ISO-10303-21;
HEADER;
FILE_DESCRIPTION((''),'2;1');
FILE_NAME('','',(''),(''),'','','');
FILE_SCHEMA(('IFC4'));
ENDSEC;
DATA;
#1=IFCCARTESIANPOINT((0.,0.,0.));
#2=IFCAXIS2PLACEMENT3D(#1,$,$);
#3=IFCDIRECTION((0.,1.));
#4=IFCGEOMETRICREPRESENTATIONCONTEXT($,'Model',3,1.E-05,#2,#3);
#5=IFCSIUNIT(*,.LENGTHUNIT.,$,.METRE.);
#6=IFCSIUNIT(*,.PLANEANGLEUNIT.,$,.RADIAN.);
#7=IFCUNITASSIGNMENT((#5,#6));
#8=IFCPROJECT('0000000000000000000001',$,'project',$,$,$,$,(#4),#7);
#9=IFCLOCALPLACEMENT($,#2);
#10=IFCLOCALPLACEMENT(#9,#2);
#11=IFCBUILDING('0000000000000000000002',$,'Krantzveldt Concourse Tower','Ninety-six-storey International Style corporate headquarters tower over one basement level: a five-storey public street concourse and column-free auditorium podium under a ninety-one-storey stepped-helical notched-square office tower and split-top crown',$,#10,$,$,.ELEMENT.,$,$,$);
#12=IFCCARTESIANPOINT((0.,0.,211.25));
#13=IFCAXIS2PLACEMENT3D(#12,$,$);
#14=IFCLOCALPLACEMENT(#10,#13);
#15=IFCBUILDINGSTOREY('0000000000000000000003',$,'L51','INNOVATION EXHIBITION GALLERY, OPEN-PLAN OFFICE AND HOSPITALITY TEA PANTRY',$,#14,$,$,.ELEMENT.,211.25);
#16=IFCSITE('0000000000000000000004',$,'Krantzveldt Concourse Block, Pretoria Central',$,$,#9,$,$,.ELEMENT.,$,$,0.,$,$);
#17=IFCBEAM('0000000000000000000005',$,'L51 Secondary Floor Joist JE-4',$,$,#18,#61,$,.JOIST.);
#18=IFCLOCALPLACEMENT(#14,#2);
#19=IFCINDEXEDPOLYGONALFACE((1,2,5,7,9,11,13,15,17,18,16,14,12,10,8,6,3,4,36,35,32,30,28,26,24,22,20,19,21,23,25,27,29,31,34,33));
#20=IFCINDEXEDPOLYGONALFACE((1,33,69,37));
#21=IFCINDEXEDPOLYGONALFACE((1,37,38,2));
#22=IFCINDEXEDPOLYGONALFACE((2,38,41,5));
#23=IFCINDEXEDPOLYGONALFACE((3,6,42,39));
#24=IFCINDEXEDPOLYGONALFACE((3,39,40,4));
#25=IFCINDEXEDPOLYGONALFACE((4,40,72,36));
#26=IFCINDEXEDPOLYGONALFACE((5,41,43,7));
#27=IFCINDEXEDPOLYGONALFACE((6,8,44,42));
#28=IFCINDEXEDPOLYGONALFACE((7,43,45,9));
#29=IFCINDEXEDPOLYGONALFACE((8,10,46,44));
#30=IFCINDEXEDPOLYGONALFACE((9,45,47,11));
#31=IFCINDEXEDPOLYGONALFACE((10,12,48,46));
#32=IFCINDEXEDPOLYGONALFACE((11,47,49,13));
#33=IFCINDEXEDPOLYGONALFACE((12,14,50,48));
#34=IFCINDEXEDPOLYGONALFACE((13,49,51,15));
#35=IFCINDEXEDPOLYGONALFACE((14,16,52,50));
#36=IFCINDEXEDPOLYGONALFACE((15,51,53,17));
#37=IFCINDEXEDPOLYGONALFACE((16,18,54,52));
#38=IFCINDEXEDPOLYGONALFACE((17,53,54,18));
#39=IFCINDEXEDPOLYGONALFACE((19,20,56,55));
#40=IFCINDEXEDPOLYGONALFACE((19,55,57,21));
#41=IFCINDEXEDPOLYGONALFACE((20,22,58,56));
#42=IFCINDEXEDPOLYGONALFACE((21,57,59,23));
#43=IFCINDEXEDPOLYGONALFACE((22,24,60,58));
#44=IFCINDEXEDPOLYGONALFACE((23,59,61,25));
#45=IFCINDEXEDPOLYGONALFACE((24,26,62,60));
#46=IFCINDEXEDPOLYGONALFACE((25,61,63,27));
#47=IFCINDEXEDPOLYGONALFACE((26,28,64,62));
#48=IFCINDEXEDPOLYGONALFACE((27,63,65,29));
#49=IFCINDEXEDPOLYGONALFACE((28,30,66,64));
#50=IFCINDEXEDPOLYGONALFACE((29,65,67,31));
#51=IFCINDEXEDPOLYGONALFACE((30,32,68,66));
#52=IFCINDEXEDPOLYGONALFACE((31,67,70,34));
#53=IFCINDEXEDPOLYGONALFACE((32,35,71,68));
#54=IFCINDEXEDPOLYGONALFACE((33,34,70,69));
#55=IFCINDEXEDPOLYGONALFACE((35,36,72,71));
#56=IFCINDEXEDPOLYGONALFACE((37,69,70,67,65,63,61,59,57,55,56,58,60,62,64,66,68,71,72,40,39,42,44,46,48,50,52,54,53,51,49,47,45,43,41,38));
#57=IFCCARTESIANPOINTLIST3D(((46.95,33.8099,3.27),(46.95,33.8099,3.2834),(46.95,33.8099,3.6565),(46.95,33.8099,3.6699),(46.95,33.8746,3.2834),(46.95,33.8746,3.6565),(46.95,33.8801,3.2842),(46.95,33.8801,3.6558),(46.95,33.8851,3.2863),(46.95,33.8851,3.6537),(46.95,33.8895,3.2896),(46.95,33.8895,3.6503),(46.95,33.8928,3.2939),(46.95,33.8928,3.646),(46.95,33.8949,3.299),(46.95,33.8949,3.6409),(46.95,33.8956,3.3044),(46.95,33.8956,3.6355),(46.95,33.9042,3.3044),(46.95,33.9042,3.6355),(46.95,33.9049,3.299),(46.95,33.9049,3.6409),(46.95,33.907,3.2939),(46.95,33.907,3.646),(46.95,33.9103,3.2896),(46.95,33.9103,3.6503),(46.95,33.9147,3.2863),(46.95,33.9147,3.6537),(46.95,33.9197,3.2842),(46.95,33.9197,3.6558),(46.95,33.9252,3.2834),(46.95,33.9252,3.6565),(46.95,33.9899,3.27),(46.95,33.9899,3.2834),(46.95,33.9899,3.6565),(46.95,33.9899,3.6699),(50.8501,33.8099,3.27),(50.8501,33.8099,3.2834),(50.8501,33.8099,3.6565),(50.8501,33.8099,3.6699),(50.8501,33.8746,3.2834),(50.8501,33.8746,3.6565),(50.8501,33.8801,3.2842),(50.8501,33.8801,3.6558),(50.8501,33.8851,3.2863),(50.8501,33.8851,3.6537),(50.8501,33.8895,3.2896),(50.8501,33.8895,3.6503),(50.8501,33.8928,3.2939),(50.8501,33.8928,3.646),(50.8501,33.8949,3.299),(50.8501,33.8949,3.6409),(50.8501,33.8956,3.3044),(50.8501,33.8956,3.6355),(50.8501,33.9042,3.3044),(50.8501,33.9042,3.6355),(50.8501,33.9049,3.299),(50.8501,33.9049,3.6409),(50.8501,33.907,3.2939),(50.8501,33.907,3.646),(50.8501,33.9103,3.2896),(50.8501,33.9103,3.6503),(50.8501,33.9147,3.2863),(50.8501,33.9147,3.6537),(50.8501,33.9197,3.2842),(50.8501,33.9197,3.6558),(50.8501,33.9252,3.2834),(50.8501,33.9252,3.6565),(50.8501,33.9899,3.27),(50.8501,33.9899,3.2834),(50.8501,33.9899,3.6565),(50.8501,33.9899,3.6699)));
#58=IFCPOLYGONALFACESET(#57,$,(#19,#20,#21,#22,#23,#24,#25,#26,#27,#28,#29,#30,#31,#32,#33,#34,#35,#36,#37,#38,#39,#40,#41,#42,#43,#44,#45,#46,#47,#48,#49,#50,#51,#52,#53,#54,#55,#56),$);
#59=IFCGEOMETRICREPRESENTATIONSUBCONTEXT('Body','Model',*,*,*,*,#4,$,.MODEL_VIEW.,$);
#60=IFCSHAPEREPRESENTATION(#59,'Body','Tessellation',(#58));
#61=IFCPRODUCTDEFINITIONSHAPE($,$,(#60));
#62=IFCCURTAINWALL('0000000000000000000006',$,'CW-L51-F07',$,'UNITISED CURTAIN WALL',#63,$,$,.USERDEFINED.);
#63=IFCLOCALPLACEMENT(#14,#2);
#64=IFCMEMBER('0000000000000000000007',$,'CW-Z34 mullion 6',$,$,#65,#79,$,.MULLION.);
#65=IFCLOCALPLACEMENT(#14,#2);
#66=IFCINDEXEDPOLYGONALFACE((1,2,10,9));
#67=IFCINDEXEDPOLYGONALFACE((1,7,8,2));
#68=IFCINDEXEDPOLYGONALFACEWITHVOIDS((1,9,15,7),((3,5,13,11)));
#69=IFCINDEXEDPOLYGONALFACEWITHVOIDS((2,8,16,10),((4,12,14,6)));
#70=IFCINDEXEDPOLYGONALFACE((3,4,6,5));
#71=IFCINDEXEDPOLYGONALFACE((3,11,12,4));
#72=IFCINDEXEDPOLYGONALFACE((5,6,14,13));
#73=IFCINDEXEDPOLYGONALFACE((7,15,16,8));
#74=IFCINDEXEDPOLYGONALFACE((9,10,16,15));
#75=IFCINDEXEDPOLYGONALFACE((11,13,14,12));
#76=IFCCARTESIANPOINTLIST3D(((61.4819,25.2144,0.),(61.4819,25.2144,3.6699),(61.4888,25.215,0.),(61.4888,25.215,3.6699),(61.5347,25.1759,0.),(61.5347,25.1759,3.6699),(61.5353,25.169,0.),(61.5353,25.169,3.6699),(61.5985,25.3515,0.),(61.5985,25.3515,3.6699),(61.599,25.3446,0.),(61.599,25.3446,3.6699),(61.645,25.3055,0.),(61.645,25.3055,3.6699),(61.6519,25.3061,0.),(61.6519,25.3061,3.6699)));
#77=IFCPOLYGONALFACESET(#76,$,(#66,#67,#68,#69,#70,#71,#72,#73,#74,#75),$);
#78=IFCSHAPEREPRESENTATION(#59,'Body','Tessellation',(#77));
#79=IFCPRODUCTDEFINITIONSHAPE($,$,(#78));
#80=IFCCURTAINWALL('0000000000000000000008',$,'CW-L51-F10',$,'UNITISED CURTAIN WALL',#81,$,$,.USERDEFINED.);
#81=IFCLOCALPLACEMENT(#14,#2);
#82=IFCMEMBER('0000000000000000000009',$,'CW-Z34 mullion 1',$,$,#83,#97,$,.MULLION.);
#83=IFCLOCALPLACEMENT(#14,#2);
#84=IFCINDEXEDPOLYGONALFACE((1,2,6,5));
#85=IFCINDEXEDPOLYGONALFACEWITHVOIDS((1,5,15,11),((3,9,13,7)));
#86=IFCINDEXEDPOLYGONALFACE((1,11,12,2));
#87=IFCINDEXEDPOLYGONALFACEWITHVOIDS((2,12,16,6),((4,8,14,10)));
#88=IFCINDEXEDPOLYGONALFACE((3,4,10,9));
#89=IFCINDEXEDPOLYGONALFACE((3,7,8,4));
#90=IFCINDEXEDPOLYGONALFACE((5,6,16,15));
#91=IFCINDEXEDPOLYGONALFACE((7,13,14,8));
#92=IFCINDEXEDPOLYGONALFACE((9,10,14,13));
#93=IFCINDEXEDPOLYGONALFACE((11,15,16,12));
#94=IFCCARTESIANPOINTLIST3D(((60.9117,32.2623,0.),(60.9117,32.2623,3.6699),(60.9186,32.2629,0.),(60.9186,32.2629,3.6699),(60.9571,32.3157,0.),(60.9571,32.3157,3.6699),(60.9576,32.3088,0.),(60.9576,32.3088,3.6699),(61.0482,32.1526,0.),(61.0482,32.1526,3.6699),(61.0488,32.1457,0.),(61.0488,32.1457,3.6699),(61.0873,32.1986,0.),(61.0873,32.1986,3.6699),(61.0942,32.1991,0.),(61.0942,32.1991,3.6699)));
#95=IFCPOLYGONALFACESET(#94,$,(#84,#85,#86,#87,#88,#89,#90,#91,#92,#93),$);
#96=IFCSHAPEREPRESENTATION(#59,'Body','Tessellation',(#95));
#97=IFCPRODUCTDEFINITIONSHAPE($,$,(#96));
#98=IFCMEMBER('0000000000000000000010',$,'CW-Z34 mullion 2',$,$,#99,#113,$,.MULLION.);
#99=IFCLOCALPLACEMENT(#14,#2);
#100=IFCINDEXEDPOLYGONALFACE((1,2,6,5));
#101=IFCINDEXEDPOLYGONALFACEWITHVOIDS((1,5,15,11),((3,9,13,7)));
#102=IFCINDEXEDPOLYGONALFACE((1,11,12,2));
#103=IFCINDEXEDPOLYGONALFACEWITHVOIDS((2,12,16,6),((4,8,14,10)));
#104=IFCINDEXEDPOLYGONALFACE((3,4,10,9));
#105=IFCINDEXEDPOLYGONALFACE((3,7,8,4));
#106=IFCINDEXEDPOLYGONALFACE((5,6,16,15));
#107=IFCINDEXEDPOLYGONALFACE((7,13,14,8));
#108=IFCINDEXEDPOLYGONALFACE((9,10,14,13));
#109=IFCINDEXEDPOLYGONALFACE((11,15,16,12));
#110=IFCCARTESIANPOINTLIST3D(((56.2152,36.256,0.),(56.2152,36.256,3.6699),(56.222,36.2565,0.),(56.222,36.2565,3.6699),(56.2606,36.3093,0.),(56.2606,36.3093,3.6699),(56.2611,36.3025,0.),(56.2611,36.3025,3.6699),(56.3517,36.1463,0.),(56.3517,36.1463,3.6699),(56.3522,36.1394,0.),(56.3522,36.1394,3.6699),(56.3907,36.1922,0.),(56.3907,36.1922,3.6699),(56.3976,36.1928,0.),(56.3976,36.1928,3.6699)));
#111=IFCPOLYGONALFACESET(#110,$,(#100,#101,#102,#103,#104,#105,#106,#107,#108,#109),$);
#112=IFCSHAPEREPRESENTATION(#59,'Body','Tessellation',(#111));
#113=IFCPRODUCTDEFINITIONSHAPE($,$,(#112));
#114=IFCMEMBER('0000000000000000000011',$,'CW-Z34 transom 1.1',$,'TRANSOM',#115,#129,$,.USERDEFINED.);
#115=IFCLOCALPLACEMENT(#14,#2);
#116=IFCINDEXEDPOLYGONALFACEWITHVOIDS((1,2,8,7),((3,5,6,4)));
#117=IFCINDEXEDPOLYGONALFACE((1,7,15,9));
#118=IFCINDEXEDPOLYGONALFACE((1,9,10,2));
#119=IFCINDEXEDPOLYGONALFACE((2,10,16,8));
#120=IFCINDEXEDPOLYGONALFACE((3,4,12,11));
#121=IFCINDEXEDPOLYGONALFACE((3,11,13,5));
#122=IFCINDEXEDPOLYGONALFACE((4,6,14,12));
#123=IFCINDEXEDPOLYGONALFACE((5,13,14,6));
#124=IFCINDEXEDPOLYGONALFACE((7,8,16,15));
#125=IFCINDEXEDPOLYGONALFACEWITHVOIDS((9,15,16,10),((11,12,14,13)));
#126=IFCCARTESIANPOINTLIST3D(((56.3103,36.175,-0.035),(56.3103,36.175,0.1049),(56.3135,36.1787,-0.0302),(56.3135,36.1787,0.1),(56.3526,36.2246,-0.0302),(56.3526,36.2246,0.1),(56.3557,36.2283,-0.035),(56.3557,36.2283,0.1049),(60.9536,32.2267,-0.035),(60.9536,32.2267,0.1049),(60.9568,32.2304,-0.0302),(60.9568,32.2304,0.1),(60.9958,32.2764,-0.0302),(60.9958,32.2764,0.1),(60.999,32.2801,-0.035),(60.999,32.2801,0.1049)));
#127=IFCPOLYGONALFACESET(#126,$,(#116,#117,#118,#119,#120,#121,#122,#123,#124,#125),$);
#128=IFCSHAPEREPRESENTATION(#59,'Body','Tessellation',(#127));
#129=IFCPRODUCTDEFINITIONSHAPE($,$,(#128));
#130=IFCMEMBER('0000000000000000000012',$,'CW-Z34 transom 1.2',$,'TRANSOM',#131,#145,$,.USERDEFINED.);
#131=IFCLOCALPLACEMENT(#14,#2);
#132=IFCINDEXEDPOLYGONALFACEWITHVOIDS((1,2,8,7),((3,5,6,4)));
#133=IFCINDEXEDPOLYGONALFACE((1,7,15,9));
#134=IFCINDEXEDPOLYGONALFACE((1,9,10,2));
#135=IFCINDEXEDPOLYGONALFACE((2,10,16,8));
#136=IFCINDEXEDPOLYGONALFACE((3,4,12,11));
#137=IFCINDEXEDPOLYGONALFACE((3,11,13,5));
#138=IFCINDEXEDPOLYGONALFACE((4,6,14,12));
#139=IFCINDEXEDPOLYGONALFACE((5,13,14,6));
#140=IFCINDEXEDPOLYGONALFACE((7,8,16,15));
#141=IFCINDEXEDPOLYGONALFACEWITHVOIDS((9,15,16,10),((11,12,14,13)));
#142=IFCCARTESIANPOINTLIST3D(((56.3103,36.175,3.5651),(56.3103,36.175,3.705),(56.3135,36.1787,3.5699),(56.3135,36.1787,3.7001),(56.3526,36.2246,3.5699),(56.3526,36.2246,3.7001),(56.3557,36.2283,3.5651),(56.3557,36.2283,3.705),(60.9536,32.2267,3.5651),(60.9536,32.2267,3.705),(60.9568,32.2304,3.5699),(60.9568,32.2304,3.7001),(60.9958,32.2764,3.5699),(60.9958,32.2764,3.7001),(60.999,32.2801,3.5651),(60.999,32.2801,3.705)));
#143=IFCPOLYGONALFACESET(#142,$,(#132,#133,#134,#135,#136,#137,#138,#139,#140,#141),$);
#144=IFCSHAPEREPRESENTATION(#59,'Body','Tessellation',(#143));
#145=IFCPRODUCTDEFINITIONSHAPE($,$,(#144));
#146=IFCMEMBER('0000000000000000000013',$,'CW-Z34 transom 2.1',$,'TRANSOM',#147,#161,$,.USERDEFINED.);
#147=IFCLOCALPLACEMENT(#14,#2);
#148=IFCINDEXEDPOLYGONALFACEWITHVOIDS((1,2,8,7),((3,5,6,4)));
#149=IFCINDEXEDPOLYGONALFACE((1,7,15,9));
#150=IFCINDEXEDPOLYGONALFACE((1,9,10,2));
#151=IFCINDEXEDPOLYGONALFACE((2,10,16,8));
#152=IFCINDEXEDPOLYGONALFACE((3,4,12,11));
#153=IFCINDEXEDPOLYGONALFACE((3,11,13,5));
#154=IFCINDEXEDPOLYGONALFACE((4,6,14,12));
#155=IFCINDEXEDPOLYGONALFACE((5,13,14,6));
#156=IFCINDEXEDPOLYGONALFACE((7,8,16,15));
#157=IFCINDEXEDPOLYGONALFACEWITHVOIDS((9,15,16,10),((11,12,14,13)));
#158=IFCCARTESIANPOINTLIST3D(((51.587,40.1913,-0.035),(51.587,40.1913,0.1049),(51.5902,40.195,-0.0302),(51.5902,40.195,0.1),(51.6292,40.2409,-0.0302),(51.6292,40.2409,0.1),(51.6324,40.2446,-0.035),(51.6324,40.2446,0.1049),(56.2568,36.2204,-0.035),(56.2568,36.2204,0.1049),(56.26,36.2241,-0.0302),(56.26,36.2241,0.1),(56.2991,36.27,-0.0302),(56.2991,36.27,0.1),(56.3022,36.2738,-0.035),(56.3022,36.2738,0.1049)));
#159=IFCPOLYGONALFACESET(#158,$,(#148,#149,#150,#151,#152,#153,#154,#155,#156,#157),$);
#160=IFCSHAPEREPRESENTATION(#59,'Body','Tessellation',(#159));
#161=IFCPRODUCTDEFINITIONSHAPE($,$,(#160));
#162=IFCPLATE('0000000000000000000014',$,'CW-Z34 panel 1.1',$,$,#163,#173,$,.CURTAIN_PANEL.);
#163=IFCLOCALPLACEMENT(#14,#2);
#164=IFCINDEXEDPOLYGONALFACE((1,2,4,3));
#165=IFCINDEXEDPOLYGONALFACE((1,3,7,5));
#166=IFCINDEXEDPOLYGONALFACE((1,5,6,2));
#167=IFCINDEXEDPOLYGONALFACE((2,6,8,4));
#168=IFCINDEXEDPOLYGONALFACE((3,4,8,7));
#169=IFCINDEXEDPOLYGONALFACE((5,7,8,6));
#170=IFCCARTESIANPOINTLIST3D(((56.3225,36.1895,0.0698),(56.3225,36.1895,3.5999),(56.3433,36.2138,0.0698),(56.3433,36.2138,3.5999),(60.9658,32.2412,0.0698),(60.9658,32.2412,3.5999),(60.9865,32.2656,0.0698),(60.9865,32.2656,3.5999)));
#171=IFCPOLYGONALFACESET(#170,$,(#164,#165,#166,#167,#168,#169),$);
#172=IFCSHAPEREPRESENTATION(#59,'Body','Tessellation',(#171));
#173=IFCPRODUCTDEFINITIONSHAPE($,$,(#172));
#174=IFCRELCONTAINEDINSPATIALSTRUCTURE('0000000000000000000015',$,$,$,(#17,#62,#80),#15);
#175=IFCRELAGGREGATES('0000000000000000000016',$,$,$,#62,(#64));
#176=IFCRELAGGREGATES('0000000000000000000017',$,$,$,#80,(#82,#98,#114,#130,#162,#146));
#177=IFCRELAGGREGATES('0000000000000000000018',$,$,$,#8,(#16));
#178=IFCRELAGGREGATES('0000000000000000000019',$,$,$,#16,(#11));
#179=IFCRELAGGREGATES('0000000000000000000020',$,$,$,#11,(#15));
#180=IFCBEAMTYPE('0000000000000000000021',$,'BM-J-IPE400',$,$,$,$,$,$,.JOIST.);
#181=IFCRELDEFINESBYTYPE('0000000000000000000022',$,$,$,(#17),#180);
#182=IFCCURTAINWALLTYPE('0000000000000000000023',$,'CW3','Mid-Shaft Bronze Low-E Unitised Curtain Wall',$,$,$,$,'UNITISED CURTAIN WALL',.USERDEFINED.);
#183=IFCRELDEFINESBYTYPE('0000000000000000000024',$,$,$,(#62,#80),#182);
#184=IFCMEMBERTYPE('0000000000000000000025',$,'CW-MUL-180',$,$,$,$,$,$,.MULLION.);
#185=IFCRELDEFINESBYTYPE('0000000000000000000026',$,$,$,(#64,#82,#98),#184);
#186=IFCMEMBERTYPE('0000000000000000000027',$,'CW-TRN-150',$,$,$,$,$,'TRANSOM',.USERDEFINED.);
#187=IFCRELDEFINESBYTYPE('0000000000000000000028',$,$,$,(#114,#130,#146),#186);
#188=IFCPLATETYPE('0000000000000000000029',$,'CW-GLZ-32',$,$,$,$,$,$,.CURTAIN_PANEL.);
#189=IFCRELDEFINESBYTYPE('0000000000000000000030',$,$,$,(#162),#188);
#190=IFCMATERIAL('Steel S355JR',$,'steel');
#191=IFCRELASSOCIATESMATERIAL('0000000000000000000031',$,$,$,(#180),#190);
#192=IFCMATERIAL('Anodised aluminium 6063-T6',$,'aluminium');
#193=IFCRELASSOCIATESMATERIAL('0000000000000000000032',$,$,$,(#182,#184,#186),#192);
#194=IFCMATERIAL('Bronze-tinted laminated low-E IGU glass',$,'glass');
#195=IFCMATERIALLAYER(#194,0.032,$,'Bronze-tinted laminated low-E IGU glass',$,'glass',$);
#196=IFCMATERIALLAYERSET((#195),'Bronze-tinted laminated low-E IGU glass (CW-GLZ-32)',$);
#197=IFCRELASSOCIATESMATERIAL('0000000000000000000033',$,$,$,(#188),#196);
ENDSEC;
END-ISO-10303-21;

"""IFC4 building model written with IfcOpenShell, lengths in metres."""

from ifc_helpers import new_model, si_unit, direction, frame, origin, origin_2d, place, context, subcontext, project, spatial, rectangle, hollow_rectangle, i_section, extrude, source, transform, mapped, material, layer, layer_set, material_profile, profile_set, type_object, type_shapes, element, aggregate, save


model = new_model("IFC4")

# Units and contexts
model_context = context("Model", 3, precision=1e-05, world=origin(), true_north=direction((0.0, 1.0)))
body_context = subcontext(model_context, "Body", "Model", "MODEL_VIEW")
ifc_project = project(units=[si_unit("LENGTHUNIT", "METRE"), si_unit("PLANEANGLEUNIT", "RADIAN")], contexts=[model_context])

# Site, building, storey
site_placement = place(None, origin())
site = spatial("IfcSite", under=ifc_project, at=site_placement, Name="Krantzveldt Concourse Block, Pretoria Central", CompositionType="ELEMENT", RefElevation=0.0)
building_placement = place(site_placement, origin())
building = spatial("IfcBuilding", under=site, at=building_placement, Name="Krantzveldt Concourse Tower", Description="Ninety-six-storey International Style corporate headquarters tower over one basement level: a five-storey public street concourse and column-free auditorium podium under a ninety-one-storey stepped-helical notched-square office tower and split-top crown", CompositionType="ELEMENT")
storey_placement = place(building_placement, frame((0.0, 0.0, 211.25)))
storey = spatial("IfcBuildingStorey", under=building, at=storey_placement, Name="L51", Description="INNOVATION EXHIBITION GALLERY, OPEN-PLAN OFFICE AND HOSPITALITY TEA PANTRY", CompositionType="ELEMENT", Elevation=211.25)

# Beam
ifc_material_1 = material(Name="Steel S355JR", Category="steel")
ifc_material_profile_1 = material_profile(ifc_material_1, i_section(OverallWidth=0.1799, OverallDepth=0.3999, WebThickness=0.0085, FlangeThickness=0.0134, FilletRadius=0.021, at=origin_2d()), Name="Steel S355JR", Category="steel")
ifc_profile_set_1 = profile_set([ifc_material_profile_1], Name="Steel S355JR - IPE 400")
beam_type_1 = type_object("IfcBeamType", Name="BM-J-IPE400", PredefinedType="JOIST", material=ifc_profile_set_1)
shared_shape_1 = source(origin(), body_context, "Body", "SweptSolid", [
    extrude(i_section(OverallWidth=0.1799, OverallDepth=0.3999, WebThickness=0.0085, FlangeThickness=0.0134, FilletRadius=0.021, at=origin_2d()), origin(), (0.0, 0.0, 1.0), 3.9001),
])
type_shapes(beam_type_1, [shared_shape_1])
for number, where, z_axis, x_axis, name in (
    (1, (46.95, 33.8999, 3.47), (1.0, 0.0, 0.0), (0.0, 1.0, 0.0), "L51 Secondary Floor Joist JE-4"),
):
    element("IfcBeam", number, at=place(storey_placement, frame(where, z_axis=z_axis, x_axis=x_axis)), inside=storey, type_object=beam_type_1, Name=name, PredefinedType="JOIST", context=body_context, shape_type="MappedRepresentation", body=[
        mapped(shared_shape_1, transform((0.0, 0.0, 0.0), x_axis=(1.0, 0.0, 0.0), y_axis=(0.0, 1.0, 0.0), z_axis=(0.0, 0.0, 1.0), scale=1.0)),
    ])

# Curtain wall, member
ifc_material_2 = material(Name="Anodised aluminium 6063-T6", Category="aluminium")
curtain_wall_type = type_object("IfcCurtainWallType", Name="CW3", Description="Mid-Shaft Bronze Low-E Unitised Curtain Wall", ElementType="UNITISED CURTAIN WALL", PredefinedType="USERDEFINED", material=ifc_material_2)
curtain_wall_1_placement = place(storey_placement, origin())
curtain_wall_1 = element("IfcCurtainWall", 2, at=curtain_wall_1_placement, inside=storey, type_object=curtain_wall_type, Name="CW-L51-F07", ObjectType="UNITISED CURTAIN WALL", PredefinedType="USERDEFINED")
ifc_material_profile_2 = material_profile(ifc_material_2, hollow_rectangle(XDim=0.0701, YDim=0.1799, WallThickness=0.0049, at=origin_2d()), Name="Anodised aluminium 6063-T6", Category="aluminium")
ifc_profile_set_2 = profile_set([ifc_material_profile_2], Name="Anodised aluminium 6063-T6 - ALU-MULL 180x70x5")
member_type_1 = type_object("IfcMemberType", Name="CW-MUL-180", PredefinedType="MULLION", material=ifc_profile_set_2)
shared_shape_2 = source(origin(), body_context, "Body", "SweptSolid", [
    extrude(hollow_rectangle(XDim=0.0701, YDim=0.1799, WallThickness=0.0049, at=origin_2d()), origin(), (0.0, 0.0, 1.0), 3.6699),
])
type_shapes(member_type_1, [shared_shape_2])
member_1_placement = place(storey_placement, frame((61.5669, 25.2603, 0.0), z_axis=(0.0, 0.0, 1.0), x_axis=(-0.761821, 0.647788, 0.0)))
member_1 = element("IfcMember", 3, at=member_1_placement, type_object=member_type_1, Name="CW-Z34 mullion 6", PredefinedType="MULLION", context=body_context, shape_type="MappedRepresentation", body=[
    mapped(shared_shape_2, transform((0.0, 0.0, 0.0), x_axis=(1.0, 0.0, 0.0), y_axis=(0.0, 1.0, 0.0), z_axis=(0.0, 0.0, 1.0), scale=1.0)),
])
aggregate(curtain_wall_1, [member_1])

# Curtain wall, members, plate
curtain_wall_2_placement = place(storey_placement, origin())
curtain_wall_2 = element("IfcCurtainWall", 4, at=curtain_wall_2_placement, inside=storey, type_object=curtain_wall_type, Name="CW-L51-F10", ObjectType="UNITISED CURTAIN WALL", PredefinedType="USERDEFINED")
member_2_placement = place(storey_placement, frame((61.0029, 32.2307, 0.0), z_axis=(0.0, 0.0, 1.0), x_axis=(-0.647788, -0.761821, 0.0)))
member_2 = element("IfcMember", 5, at=member_2_placement, type_object=member_type_1, Name="CW-Z34 mullion 1", PredefinedType="MULLION", context=body_context, shape_type="MappedRepresentation", body=[
    mapped(shared_shape_2, transform((0.0, 0.0, 0.0), x_axis=(1.0, 0.0, 0.0), y_axis=(0.0, 1.0, 0.0), z_axis=(0.0, 0.0, 1.0), scale=1.0)),
])
member_3_placement = place(storey_placement, frame((56.3064, 36.2244, 0.0), z_axis=(0.0, 0.0, 1.0), x_axis=(-0.647788, -0.761821, 0.0)))
member_3 = element("IfcMember", 6, at=member_3_placement, type_object=member_type_1, Name="CW-Z34 mullion 2", PredefinedType="MULLION", context=body_context, shape_type="MappedRepresentation", body=[
    mapped(shared_shape_2, transform((0.0, 0.0, 0.0), x_axis=(1.0, 0.0, 0.0), y_axis=(0.0, 1.0, 0.0), z_axis=(0.0, 0.0, 1.0), scale=1.0)),
])
ifc_material_profile_3 = material_profile(ifc_material_2, hollow_rectangle(XDim=0.0701, YDim=0.1399, WallThickness=0.0049, at=origin_2d()), Name="Anodised aluminium 6063-T6", Category="aluminium")
ifc_profile_set_3 = profile_set([ifc_material_profile_3], Name="Anodised aluminium 6063-T6 - ALU-TRAN 140x70x5")
member_type_2 = type_object("IfcMemberType", Name="CW-TRN-150", ElementType="TRANSOM", PredefinedType="USERDEFINED", material=ifc_profile_set_3)
shared_shape_3 = source(origin(), body_context, "Body", "SweptSolid", [
    extrude(hollow_rectangle(XDim=0.0701, YDim=0.1399, WallThickness=0.0049, at=origin_2d()), origin(), (0.0, 0.0, 1.0), 6.095),
])
member_4_placement = place(storey_placement, frame((60.9763, 32.2534, 0.0349), z_axis=(-0.761824, 0.647784, 0.0), x_axis=(-0.647784, -0.761824, 0.0)))
member_4 = element("IfcMember", 7, at=member_4_placement, type_object=member_type_2, Name="CW-Z34 transom 1.1", ObjectType="TRANSOM", PredefinedType="USERDEFINED", context=body_context, shape_type="MappedRepresentation", body=[
    mapped(shared_shape_3, transform((0.0, 0.0, 0.0), x_axis=(1.0, 0.0, 0.0), y_axis=(0.0, 1.0, 0.0), z_axis=(0.0, 0.0, 1.0), scale=1.0)),
])
member_5_placement = place(storey_placement, frame((60.9763, 32.2534, 3.635), z_axis=(-0.761824, 0.647784, 0.0), x_axis=(-0.647784, -0.761824, 0.0)))
member_5 = element("IfcMember", 8, at=member_5_placement, type_object=member_type_2, Name="CW-Z34 transom 1.2", ObjectType="TRANSOM", PredefinedType="USERDEFINED", context=body_context, shape_type="MappedRepresentation", body=[
    mapped(shared_shape_3, transform((0.0, 0.0, 0.0), x_axis=(1.0, 0.0, 0.0), y_axis=(0.0, 1.0, 0.0), z_axis=(0.0, 0.0, 1.0), scale=1.0)),
])
shared_shape_4 = source(origin(), body_context, "Body", "SweptSolid", [
    extrude(hollow_rectangle(XDim=0.0701, YDim=0.1399, WallThickness=0.0049, at=origin_2d()), origin(), (0.0, 0.0, 1.0), 6.1299),
])
type_shapes(member_type_2, [shared_shape_3, shared_shape_4])
member_6_placement = place(storey_placement, frame((56.2795, 36.2471, 0.0349), z_axis=(-0.761817, 0.647792, 0.0), x_axis=(-0.647792, -0.761817, 0.0)))
member_6 = element("IfcMember", 9, at=member_6_placement, type_object=member_type_2, Name="CW-Z34 transom 2.1", ObjectType="TRANSOM", PredefinedType="USERDEFINED", context=body_context, shape_type="MappedRepresentation", body=[
    mapped(shared_shape_4, transform((0.0, 0.0, 0.0), x_axis=(1.0, 0.0, 0.0), y_axis=(0.0, 1.0, 0.0), z_axis=(0.0, 0.0, 1.0), scale=1.0)),
])
ifc_material_3 = material(Name="Bronze-tinted laminated low-E IGU glass", Category="glass")
ifc_layer_1 = layer(ifc_material_3, 0.032, Name="Bronze-tinted laminated low-E IGU glass", Category="glass")
ifc_layer_set_1 = layer_set([ifc_layer_1], Name="Bronze-tinted laminated low-E IGU glass (CW-GLZ-32)")
plate_type = type_object("IfcPlateType", Name="CW-GLZ-32", PredefinedType="CURTAIN_PANEL", material=ifc_layer_set_1)
shared_shape_5 = source(origin(), body_context, "Body", "SweptSolid", [
    extrude(rectangle(XDim=6.095, YDim=0.032, at=origin_2d()), origin(), (0.0, 0.0, 1.0), 3.53),
])
type_shapes(plate_type, [shared_shape_5])
plate_placement = place(storey_placement, frame((58.6545, 34.2275, 0.0698), z_axis=(0.0, 0.0, 1.0), x_axis=(-0.761821, 0.647788, 0.0)))
plate = element("IfcPlate", 10, at=plate_placement, type_object=plate_type, Name="CW-Z34 panel 1.1", PredefinedType="CURTAIN_PANEL", context=body_context, shape_type="MappedRepresentation", body=[
    mapped(shared_shape_5, transform((0.0, 0.0, 0.0), x_axis=(1.0, 0.0, 0.0), y_axis=(0.0, 1.0, 0.0), z_axis=(0.0, 0.0, 1.0), scale=1.0)),
])
aggregate(curtain_wall_2, [member_2, member_3, member_4, member_5, plate, member_6])

save(model, "model.ifc")
